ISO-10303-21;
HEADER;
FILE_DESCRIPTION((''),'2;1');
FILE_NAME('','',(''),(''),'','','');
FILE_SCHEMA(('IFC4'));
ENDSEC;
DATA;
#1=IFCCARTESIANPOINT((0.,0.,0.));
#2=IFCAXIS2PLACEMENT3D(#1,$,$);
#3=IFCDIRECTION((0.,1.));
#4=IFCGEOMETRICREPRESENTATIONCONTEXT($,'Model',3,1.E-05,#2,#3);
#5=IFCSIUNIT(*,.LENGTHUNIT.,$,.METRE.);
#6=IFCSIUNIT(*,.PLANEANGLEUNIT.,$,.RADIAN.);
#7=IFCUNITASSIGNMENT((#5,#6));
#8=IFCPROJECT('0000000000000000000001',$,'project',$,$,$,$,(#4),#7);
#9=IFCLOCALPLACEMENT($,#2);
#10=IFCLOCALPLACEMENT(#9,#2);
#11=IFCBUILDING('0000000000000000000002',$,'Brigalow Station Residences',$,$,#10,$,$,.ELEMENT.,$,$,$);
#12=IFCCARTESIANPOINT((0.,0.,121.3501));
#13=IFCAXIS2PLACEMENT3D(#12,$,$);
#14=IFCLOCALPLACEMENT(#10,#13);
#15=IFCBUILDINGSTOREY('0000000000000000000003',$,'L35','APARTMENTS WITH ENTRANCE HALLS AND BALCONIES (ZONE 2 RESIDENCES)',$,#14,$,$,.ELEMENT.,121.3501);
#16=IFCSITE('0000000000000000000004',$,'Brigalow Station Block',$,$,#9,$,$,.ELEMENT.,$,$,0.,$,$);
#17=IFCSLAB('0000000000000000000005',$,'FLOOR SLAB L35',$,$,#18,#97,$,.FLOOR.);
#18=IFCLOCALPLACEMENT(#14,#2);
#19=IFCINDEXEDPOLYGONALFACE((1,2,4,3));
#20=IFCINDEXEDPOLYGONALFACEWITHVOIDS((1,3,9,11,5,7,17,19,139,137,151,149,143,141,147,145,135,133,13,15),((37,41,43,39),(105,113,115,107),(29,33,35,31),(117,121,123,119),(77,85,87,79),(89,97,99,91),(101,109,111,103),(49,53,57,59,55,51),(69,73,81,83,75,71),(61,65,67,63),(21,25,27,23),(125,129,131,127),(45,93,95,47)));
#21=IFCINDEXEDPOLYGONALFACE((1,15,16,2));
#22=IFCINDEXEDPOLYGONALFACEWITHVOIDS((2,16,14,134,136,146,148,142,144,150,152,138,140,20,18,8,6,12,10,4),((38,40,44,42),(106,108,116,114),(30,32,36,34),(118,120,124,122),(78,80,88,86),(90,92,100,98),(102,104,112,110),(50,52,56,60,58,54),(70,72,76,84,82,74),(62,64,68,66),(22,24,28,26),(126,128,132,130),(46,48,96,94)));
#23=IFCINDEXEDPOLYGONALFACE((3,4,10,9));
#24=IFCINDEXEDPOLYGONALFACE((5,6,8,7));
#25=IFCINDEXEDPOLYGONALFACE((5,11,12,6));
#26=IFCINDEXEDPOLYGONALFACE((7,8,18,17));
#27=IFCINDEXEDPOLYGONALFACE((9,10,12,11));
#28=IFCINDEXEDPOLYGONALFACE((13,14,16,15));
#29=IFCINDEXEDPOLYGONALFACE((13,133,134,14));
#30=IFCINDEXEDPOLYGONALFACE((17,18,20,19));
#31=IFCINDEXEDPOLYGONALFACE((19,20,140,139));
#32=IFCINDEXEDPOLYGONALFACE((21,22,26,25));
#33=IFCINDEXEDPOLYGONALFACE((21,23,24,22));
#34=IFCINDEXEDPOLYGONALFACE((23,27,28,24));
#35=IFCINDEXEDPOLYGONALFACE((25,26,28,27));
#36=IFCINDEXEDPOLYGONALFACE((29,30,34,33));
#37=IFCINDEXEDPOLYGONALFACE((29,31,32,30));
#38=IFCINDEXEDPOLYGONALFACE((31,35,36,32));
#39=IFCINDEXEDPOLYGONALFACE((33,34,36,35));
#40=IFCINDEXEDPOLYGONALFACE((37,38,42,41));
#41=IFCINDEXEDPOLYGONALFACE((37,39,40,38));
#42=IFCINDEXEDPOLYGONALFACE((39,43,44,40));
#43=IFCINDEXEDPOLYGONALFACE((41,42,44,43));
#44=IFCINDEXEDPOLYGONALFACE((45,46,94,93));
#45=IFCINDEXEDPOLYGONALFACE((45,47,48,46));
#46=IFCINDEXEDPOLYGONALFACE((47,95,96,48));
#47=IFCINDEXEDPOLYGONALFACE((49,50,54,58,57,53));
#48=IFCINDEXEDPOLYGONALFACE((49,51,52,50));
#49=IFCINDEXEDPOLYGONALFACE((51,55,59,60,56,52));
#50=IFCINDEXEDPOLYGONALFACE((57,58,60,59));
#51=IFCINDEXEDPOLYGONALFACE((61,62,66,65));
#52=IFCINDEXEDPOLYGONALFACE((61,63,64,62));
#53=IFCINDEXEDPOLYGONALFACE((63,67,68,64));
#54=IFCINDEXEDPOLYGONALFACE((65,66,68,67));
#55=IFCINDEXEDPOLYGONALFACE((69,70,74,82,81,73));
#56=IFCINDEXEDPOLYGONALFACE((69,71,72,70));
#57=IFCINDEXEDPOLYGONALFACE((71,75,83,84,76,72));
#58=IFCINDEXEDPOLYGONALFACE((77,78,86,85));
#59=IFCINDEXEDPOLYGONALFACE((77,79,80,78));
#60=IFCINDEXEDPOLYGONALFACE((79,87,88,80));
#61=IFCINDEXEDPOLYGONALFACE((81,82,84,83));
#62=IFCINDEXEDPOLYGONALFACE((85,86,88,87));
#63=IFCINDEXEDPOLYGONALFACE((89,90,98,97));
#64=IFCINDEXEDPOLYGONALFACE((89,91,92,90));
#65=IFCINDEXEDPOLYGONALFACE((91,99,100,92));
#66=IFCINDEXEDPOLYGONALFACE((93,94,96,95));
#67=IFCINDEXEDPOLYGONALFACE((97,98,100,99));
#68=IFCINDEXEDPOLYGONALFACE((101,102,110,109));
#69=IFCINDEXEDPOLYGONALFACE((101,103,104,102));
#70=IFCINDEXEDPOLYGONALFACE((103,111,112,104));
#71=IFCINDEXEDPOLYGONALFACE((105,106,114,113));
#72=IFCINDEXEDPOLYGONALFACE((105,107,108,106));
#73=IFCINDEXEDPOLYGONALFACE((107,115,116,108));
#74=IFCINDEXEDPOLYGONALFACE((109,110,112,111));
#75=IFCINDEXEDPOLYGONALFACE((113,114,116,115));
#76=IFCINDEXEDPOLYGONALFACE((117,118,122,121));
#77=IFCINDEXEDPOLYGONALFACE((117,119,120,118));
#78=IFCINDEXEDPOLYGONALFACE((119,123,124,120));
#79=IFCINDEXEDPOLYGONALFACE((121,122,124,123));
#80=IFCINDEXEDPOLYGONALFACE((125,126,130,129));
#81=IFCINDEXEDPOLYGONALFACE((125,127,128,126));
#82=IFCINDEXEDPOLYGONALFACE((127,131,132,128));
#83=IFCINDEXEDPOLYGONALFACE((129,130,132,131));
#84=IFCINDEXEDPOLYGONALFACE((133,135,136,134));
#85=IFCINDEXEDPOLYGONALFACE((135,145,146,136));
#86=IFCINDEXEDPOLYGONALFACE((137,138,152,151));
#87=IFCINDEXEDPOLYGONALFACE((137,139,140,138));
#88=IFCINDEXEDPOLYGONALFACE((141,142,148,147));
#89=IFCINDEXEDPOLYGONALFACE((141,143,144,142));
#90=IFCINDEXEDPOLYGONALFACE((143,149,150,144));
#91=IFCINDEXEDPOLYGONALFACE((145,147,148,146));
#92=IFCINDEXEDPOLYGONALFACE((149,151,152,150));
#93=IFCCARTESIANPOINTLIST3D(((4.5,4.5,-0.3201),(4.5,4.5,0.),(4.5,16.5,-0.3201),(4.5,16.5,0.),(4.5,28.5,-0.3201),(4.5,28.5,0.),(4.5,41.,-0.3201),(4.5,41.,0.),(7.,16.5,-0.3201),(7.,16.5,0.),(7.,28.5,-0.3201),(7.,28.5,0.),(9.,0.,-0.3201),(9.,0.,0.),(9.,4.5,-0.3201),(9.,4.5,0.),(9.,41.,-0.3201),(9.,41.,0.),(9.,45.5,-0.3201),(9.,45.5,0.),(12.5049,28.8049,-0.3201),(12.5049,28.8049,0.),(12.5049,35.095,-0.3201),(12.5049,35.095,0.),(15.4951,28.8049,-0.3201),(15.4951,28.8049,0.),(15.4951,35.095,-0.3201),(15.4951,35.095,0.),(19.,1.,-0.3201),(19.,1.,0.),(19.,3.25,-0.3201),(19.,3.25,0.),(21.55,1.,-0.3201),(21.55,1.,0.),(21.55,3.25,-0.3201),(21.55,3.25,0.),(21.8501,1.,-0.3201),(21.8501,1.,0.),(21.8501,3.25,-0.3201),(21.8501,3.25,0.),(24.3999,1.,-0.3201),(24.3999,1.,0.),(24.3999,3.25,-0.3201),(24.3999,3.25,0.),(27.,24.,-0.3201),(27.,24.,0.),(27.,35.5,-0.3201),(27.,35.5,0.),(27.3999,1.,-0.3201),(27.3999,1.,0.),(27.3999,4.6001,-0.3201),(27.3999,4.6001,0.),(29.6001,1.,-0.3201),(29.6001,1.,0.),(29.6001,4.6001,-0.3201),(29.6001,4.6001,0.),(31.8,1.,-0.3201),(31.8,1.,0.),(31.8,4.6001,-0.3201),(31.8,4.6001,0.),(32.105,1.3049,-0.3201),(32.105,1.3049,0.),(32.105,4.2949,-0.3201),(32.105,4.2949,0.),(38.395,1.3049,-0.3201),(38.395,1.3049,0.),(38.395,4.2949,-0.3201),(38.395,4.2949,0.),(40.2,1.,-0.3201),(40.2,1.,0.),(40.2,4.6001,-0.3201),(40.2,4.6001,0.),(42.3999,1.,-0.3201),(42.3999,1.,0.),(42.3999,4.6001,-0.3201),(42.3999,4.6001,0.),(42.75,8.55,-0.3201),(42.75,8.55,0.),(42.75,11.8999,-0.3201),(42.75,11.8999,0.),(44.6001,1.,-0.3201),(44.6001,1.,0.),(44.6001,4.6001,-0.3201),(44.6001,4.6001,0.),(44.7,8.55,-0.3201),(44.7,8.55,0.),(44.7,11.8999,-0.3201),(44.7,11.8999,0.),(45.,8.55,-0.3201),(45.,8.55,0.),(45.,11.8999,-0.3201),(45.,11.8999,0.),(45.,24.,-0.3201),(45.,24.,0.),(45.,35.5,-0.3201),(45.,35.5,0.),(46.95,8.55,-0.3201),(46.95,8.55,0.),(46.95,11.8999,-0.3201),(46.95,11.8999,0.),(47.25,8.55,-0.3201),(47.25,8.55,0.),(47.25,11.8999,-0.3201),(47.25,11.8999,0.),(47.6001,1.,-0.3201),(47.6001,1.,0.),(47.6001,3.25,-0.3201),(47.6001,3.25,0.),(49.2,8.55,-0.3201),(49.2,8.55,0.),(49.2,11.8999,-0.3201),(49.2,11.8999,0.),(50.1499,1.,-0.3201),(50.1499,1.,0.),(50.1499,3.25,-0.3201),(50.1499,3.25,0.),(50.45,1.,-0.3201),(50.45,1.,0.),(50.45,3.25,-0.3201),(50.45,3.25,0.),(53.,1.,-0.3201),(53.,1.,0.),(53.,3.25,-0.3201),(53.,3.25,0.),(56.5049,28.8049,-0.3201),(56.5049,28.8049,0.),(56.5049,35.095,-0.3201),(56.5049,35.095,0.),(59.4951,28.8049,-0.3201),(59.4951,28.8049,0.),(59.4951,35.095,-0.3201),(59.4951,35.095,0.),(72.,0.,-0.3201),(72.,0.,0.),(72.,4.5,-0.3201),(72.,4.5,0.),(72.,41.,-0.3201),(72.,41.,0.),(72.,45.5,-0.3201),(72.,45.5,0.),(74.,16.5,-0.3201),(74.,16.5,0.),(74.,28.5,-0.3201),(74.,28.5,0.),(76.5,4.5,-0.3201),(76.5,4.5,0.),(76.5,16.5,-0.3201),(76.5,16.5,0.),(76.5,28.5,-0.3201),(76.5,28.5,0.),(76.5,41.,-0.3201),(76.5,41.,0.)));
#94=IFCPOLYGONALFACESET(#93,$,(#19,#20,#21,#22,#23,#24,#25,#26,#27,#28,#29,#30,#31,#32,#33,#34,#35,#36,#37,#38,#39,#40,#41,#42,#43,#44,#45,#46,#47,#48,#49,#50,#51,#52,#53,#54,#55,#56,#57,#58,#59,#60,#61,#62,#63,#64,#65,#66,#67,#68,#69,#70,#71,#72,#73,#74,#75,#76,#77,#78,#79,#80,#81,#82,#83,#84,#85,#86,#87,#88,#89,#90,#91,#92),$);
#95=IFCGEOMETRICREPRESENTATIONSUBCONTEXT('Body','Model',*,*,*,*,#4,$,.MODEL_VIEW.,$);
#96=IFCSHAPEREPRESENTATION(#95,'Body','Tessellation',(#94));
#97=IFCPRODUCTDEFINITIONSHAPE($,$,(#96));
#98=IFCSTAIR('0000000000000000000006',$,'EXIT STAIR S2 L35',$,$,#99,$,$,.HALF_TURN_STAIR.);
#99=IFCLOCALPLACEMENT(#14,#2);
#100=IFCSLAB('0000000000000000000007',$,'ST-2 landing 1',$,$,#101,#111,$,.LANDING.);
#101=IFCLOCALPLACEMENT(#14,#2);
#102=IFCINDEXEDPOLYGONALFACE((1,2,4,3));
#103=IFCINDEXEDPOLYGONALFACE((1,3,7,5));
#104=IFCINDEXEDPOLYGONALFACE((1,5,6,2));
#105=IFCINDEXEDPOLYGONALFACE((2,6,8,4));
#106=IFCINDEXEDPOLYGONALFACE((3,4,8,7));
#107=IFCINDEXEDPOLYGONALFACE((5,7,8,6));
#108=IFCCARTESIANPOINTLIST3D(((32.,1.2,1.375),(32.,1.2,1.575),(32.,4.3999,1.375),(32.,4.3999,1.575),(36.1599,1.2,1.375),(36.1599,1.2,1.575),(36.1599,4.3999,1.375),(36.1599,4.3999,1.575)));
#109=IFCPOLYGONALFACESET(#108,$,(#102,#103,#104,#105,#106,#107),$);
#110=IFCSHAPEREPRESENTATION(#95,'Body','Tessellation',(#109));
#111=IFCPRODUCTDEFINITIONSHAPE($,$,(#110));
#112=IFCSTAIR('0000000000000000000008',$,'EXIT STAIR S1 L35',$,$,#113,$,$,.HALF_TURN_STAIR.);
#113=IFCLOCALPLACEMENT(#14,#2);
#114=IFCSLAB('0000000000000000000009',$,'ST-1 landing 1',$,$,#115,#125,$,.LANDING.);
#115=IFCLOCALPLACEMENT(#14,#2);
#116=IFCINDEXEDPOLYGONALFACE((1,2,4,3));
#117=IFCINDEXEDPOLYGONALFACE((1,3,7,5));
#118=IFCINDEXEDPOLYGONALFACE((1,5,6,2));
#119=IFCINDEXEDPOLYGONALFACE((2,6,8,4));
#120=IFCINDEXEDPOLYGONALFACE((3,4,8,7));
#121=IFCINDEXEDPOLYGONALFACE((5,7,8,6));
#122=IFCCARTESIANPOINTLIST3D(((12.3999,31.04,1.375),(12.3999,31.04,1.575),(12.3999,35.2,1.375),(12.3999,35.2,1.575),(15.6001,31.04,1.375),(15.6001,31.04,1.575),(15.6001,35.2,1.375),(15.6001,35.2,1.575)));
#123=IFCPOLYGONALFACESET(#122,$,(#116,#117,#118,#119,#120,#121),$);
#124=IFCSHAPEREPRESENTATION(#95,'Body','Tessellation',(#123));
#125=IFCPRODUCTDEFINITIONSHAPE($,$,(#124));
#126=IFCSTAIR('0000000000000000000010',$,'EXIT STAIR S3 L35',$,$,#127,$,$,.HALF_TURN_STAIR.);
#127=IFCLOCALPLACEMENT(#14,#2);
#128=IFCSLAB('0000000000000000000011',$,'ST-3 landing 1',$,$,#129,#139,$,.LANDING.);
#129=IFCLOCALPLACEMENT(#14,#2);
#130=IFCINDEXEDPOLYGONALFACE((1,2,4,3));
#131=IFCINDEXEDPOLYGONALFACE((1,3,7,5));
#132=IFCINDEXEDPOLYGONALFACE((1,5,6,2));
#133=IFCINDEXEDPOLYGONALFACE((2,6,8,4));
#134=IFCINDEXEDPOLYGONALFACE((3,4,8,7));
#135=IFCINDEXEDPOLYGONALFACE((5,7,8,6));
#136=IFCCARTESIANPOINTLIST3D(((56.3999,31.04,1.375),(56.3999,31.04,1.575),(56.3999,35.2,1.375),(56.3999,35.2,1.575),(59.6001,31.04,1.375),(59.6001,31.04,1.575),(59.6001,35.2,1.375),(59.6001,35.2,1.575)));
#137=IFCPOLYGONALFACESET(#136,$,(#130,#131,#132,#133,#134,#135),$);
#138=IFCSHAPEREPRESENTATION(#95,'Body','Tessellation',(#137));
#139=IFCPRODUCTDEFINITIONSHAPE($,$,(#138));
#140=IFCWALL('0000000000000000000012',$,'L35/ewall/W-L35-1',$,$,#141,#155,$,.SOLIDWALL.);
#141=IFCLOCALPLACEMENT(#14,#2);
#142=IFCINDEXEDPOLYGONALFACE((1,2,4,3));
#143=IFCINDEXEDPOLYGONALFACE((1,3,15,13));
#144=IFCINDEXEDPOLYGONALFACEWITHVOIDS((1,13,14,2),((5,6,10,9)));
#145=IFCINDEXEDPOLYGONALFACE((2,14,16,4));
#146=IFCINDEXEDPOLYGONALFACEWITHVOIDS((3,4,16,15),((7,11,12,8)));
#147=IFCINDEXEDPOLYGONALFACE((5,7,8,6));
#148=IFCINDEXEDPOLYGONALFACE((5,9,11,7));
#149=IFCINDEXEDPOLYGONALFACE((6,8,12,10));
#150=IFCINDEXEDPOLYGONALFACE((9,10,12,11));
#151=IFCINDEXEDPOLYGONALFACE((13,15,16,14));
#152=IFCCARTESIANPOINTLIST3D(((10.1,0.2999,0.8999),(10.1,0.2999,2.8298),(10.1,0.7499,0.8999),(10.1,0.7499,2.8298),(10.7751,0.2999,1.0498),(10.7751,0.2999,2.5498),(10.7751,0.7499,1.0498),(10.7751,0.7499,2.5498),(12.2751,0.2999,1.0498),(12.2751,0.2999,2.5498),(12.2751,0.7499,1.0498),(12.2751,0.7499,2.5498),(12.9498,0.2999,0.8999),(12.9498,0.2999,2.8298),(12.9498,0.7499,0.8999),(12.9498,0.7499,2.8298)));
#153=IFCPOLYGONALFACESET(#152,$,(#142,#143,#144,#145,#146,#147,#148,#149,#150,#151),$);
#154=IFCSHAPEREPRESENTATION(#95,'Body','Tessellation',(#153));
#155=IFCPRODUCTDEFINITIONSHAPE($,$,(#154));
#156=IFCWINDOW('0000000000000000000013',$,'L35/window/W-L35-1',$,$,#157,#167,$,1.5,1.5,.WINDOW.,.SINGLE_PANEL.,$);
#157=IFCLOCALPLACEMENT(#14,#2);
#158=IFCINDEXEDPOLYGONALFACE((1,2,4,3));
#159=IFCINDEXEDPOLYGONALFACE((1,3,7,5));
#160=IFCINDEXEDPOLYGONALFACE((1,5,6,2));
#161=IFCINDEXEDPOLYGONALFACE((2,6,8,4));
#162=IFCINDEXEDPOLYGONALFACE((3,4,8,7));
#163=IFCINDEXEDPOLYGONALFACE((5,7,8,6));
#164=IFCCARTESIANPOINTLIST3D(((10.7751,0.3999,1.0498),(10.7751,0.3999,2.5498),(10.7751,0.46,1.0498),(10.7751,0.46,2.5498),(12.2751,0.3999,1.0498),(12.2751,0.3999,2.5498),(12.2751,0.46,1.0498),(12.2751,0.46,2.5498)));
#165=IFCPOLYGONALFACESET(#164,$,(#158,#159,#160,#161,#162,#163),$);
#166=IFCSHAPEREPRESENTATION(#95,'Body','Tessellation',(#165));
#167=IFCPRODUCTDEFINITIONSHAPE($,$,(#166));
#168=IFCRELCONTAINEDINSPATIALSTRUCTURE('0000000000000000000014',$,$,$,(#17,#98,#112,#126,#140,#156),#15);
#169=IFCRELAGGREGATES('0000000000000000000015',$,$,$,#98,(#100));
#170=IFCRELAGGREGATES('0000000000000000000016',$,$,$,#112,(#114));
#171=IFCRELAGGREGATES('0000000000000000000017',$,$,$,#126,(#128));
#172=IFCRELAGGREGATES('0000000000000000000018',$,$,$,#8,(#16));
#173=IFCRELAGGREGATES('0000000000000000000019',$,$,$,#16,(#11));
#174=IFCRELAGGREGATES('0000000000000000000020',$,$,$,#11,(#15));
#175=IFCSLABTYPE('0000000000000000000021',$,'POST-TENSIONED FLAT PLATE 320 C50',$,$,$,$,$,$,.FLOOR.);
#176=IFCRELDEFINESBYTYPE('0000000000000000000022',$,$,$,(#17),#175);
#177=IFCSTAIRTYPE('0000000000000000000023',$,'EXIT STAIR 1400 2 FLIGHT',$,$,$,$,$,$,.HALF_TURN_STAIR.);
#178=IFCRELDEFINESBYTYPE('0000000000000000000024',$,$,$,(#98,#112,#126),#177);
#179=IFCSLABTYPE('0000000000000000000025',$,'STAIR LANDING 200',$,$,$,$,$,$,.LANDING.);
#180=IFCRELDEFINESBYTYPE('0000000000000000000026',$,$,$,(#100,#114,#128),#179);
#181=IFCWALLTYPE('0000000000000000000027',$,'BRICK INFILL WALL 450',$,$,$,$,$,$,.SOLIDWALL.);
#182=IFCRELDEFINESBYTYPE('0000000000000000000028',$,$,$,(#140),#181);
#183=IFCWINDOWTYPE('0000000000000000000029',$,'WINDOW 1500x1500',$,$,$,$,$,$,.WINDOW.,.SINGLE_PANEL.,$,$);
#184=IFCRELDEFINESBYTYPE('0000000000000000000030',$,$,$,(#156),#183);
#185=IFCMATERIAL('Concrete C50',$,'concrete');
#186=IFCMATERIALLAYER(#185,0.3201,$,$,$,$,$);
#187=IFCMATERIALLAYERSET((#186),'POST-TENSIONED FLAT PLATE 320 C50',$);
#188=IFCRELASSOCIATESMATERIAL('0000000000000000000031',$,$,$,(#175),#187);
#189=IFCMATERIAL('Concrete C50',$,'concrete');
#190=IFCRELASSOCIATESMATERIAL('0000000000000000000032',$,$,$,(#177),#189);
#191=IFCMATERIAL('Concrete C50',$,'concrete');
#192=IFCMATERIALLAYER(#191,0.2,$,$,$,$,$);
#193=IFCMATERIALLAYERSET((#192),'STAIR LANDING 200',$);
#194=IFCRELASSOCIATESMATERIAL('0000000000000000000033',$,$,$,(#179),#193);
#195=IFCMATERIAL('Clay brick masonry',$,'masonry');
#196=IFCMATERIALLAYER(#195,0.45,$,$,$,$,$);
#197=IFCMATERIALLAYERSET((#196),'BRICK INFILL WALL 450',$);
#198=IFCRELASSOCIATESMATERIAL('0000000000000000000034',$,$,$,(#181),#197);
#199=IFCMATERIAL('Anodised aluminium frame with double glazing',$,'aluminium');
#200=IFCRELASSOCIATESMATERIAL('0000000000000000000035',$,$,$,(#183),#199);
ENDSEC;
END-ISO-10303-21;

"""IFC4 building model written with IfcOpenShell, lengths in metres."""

from ifc_helpers import new_model, si_unit, direction, frame, frame_2d, origin, place, context, subcontext, project, spatial, polyline, rectangle, outline, extrude, material, layer, layer_set, type_object, element, fill, aggregate, save


model = new_model("IFC4")

# Units and contexts
model_context = context("Model", 3, precision=1e-05, world=origin(), true_north=direction((0.0, 1.0)))
body_context = subcontext(model_context, "Body", "Model", "MODEL_VIEW")
ifc_project = project(units=[si_unit("LENGTHUNIT", "METRE"), si_unit("PLANEANGLEUNIT", "RADIAN")], contexts=[model_context])

# Site, building, storey
site_placement = place(None, origin())
site = spatial("IfcSite", under=ifc_project, at=site_placement, Name="Brigalow Station Block", CompositionType="ELEMENT", RefElevation=0.0)
building_placement = place(site_placement, origin())
building = spatial("IfcBuilding", under=site, at=building_placement, Name="Brigalow Station Residences", CompositionType="ELEMENT")
storey_placement = place(building_placement, frame((0.0, 0.0, 121.3501)))
storey = spatial("IfcBuildingStorey", under=building, at=storey_placement, Name="L35", Description="APARTMENTS WITH ENTRANCE HALLS AND BALCONIES (ZONE 2 RESIDENCES)", CompositionType="ELEMENT", Elevation=121.3501)

# Slab
ifc_material_1 = material(Name="Concrete C50", Category="concrete")
ifc_layer_1 = layer(ifc_material_1, 0.3201)
ifc_layer_set_1 = layer_set([ifc_layer_1], Name="POST-TENSIONED FLAT PLATE 320 C50")
slab_type_1 = type_object("IfcSlabType", Name="POST-TENSIONED FLAT PLATE 320 C50", PredefinedType="FLOOR", material=ifc_layer_set_1)
slab_1_placement = place(storey_placement, frame((0.0, 0.0, -0.3201)))
element("IfcSlab", 1, at=slab_1_placement, inside=storey, type_object=slab_type_1, Name="FLOOR SLAB L35", PredefinedType="FLOOR", context=body_context, shape_type="SweptSolid", body=[
    extrude(outline(polyline([(9.0, 0.0), (72.0, 0.0), (72.0, 4.5), (76.5, 4.5), (76.5, 16.5), (74.0, 16.5), (74.0, 28.5), (76.5, 28.5), (76.5, 41.0), (72.0, 41.0), (72.0, 45.5), (9.0, 45.5), (9.0, 41.0), (4.5, 41.0), (4.5, 28.5), (7.0, 28.5), (7.0, 16.5), (4.5, 16.5), (4.5, 4.5), (9.0, 4.5), (9.0, 0.0)]), holes=[polyline([(12.5049, 35.095), (15.4951, 35.095), (15.4951, 28.8049), (12.5049, 28.8049), (12.5049, 35.095)]), polyline([(19.0, 1.0), (19.0, 3.25), (21.55, 3.25), (21.55, 1.0), (19.0, 1.0)]), polyline([(21.8501, 3.25), (24.3999, 3.25), (24.3999, 1.0), (21.8501, 1.0), (21.8501, 3.25)]), polyline([(27.0, 35.5), (45.0, 35.5), (45.0, 24.0), (27.0, 24.0), (27.0, 35.5)]), polyline([(29.6001, 4.6001), (31.8, 4.6001), (31.8, 1.0), (29.6001, 1.0), (27.3999, 1.0), (27.3999, 4.6001), (29.6001, 4.6001)]), polyline([(32.105, 4.2949), (38.395, 4.2949), (38.395, 1.3049), (32.105, 1.3049), (32.105, 4.2949)]), polyline([(40.2, 4.6001), (42.3999, 4.6001), (44.6001, 4.6001), (44.6001, 1.0), (42.3999, 1.0), (40.2, 1.0), (40.2, 4.6001)]), polyline([(42.75, 11.8999), (44.7, 11.8999), (44.7, 8.55), (42.75, 8.55), (42.75, 11.8999)]), polyline([(45.0, 11.8999), (46.95, 11.8999), (46.95, 8.55), (45.0, 8.55), (45.0, 11.8999)]), polyline([(47.25, 11.8999), (49.2, 11.8999), (49.2, 8.55), (47.25, 8.55), (47.25, 11.8999)]), polyline([(47.6001, 3.25), (50.1499, 3.25), (50.1499, 1.0), (47.6001, 1.0), (47.6001, 3.25)]), polyline([(50.45, 3.25), (53.0, 3.25), (53.0, 1.0), (50.45, 1.0), (50.45, 3.25)]), polyline([(56.5049, 35.095), (59.4951, 35.095), (59.4951, 28.8049), (56.5049, 28.8049), (56.5049, 35.095)])]), origin(), (0.0, 0.0, 1.0), 0.3201),
])

# Stairs, slabs
ifc_material_2 = material(Name="Concrete C50", Category="concrete")
stair_type = type_object("IfcStairType", Name="EXIT STAIR 1400 2 FLIGHT", PredefinedType="HALF_TURN_STAIR", material=ifc_material_2)
stair_1_placement = place(storey_placement, origin())
stair_1 = element("IfcStair", 2, at=stair_1_placement, inside=storey, type_object=stair_type, Name="EXIT STAIR S2 L35", PredefinedType="HALF_TURN_STAIR")
ifc_material_3 = material(Name="Concrete C50", Category="concrete")
ifc_layer_2 = layer(ifc_material_3, 0.2)
ifc_layer_set_2 = layer_set([ifc_layer_2], Name="STAIR LANDING 200")
slab_type_2 = type_object("IfcSlabType", Name="STAIR LANDING 200", PredefinedType="LANDING", material=ifc_layer_set_2)
slab_2_placement = place(storey_placement, frame((0.0, 0.0, 1.375)))
slab_2 = element("IfcSlab", 3, at=slab_2_placement, type_object=slab_type_2, Name="ST-2 landing 1", PredefinedType="LANDING", context=body_context, shape_type="SweptSolid", body=[
    extrude(outline(polyline([(32.0, 1.2), (36.1599, 1.2), (36.1599, 4.3999), (32.0, 4.3999), (32.0, 1.2)])), origin(), (0.0, 0.0, 1.0), 0.2),
])
aggregate(stair_1, [slab_2])
stair_2_placement = place(storey_placement, origin())
stair_2 = element("IfcStair", 4, at=stair_2_placement, inside=storey, type_object=stair_type, Name="EXIT STAIR S1 L35", PredefinedType="HALF_TURN_STAIR")
slab_3_placement = place(storey_placement, frame((0.0, 0.0, 1.375)))
slab_3 = element("IfcSlab", 5, at=slab_3_placement, type_object=slab_type_2, Name="ST-1 landing 1", PredefinedType="LANDING", context=body_context, shape_type="SweptSolid", body=[
    extrude(outline(polyline([(12.3999, 31.04), (15.6001, 31.04), (15.6001, 35.2), (12.3999, 35.2), (12.3999, 31.04)])), origin(), (0.0, 0.0, 1.0), 0.2),
])
aggregate(stair_2, [slab_3])
stair_3_placement = place(storey_placement, origin())
stair_3 = element("IfcStair", 6, at=stair_3_placement, inside=storey, type_object=stair_type, Name="EXIT STAIR S3 L35", PredefinedType="HALF_TURN_STAIR")
slab_4_placement = place(storey_placement, frame((0.0, 0.0, 1.375)))
slab_4 = element("IfcSlab", 7, at=slab_4_placement, type_object=slab_type_2, Name="ST-3 landing 1", PredefinedType="LANDING", context=body_context, shape_type="SweptSolid", body=[
    extrude(outline(polyline([(56.3999, 31.04), (59.6001, 31.04), (59.6001, 35.2), (56.3999, 35.2), (56.3999, 31.04)])), origin(), (0.0, 0.0, 1.0), 0.2),
])
aggregate(stair_3, [slab_4])

# Wall, opening, window
ifc_material_4 = material(Name="Clay brick masonry", Category="masonry")
ifc_layer_3 = layer(ifc_material_4, 0.45)
ifc_layer_set_3 = layer_set([ifc_layer_3], Name="BRICK INFILL WALL 450")
wall_type_1 = type_object("IfcWallType", Name="BRICK INFILL WALL 450", PredefinedType="SOLIDWALL", material=ifc_layer_set_3)
wall_1_placement = place(storey_placement, frame((10.1001, 0.5249, 0.8999), z_axis=(0.0, 0.0, 1.0), x_axis=(1.0, 0.0, 0.0)))
wall_1 = element("IfcWall", 8, at=wall_1_placement, inside=storey, type_object=wall_type_1, Name="L35/ewall/W-L35-1", PredefinedType="SOLIDWALL", context=body_context, shape_type="SweptSolid", body=[
    extrude(rectangle(XDim=2.8499, YDim=0.45, at=frame_2d((1.4248, 0.0))), origin(), (0.0, 0.0, 1.0), 1.9299),
])
opening_1_placement = place(wall_1_placement, frame((0.675, 0.0, 0.1499)))
opening_1 = element("IfcOpeningElement", 9, at=opening_1_placement, cuts=wall_1, PredefinedType="OPENING", context=body_context, shape_type="SweptSolid", body=[
    extrude(rectangle(XDim=1.5, YDim=1.5, at=frame_2d((0.75, 0.75))), frame((0.0, 0.2349, 0.0), z_axis=(0.0, -1.0, 0.0), x_axis=(1.0, 0.0, 0.0)), (0.0, 0.0, 1.0), 0.47),
])
ifc_material_5 = material(Name="Anodised aluminium frame with double glazing", Category="aluminium")
window_type_1 = type_object("IfcWindowType", Name="WINDOW 1500x1500", PartitioningType="SINGLE_PANEL", PredefinedType="WINDOW", material=ifc_material_5)
window_1_placement = place(opening_1_placement, origin())
window_1 = element("IfcWindow", 10, at=window_1_placement, inside=storey, type_object=window_type_1, Name="L35/window/W-L35-1", OverallHeight=1.5, OverallWidth=1.5, PartitioningType="SINGLE_PANEL", PredefinedType="WINDOW", context=body_context, shape_type="SweptSolid", body=[
    extrude(rectangle(XDim=1.5, YDim=1.5, at=frame_2d((0.75, 0.75))), frame((0.0, -0.0649, 0.0), z_axis=(0.0, -1.0, 0.0), x_axis=(1.0, 0.0, 0.0)), (0.0, 0.0, 1.0), 0.0601),
])
fill(opening_1, window_1)

save(model, "model.ifc")
